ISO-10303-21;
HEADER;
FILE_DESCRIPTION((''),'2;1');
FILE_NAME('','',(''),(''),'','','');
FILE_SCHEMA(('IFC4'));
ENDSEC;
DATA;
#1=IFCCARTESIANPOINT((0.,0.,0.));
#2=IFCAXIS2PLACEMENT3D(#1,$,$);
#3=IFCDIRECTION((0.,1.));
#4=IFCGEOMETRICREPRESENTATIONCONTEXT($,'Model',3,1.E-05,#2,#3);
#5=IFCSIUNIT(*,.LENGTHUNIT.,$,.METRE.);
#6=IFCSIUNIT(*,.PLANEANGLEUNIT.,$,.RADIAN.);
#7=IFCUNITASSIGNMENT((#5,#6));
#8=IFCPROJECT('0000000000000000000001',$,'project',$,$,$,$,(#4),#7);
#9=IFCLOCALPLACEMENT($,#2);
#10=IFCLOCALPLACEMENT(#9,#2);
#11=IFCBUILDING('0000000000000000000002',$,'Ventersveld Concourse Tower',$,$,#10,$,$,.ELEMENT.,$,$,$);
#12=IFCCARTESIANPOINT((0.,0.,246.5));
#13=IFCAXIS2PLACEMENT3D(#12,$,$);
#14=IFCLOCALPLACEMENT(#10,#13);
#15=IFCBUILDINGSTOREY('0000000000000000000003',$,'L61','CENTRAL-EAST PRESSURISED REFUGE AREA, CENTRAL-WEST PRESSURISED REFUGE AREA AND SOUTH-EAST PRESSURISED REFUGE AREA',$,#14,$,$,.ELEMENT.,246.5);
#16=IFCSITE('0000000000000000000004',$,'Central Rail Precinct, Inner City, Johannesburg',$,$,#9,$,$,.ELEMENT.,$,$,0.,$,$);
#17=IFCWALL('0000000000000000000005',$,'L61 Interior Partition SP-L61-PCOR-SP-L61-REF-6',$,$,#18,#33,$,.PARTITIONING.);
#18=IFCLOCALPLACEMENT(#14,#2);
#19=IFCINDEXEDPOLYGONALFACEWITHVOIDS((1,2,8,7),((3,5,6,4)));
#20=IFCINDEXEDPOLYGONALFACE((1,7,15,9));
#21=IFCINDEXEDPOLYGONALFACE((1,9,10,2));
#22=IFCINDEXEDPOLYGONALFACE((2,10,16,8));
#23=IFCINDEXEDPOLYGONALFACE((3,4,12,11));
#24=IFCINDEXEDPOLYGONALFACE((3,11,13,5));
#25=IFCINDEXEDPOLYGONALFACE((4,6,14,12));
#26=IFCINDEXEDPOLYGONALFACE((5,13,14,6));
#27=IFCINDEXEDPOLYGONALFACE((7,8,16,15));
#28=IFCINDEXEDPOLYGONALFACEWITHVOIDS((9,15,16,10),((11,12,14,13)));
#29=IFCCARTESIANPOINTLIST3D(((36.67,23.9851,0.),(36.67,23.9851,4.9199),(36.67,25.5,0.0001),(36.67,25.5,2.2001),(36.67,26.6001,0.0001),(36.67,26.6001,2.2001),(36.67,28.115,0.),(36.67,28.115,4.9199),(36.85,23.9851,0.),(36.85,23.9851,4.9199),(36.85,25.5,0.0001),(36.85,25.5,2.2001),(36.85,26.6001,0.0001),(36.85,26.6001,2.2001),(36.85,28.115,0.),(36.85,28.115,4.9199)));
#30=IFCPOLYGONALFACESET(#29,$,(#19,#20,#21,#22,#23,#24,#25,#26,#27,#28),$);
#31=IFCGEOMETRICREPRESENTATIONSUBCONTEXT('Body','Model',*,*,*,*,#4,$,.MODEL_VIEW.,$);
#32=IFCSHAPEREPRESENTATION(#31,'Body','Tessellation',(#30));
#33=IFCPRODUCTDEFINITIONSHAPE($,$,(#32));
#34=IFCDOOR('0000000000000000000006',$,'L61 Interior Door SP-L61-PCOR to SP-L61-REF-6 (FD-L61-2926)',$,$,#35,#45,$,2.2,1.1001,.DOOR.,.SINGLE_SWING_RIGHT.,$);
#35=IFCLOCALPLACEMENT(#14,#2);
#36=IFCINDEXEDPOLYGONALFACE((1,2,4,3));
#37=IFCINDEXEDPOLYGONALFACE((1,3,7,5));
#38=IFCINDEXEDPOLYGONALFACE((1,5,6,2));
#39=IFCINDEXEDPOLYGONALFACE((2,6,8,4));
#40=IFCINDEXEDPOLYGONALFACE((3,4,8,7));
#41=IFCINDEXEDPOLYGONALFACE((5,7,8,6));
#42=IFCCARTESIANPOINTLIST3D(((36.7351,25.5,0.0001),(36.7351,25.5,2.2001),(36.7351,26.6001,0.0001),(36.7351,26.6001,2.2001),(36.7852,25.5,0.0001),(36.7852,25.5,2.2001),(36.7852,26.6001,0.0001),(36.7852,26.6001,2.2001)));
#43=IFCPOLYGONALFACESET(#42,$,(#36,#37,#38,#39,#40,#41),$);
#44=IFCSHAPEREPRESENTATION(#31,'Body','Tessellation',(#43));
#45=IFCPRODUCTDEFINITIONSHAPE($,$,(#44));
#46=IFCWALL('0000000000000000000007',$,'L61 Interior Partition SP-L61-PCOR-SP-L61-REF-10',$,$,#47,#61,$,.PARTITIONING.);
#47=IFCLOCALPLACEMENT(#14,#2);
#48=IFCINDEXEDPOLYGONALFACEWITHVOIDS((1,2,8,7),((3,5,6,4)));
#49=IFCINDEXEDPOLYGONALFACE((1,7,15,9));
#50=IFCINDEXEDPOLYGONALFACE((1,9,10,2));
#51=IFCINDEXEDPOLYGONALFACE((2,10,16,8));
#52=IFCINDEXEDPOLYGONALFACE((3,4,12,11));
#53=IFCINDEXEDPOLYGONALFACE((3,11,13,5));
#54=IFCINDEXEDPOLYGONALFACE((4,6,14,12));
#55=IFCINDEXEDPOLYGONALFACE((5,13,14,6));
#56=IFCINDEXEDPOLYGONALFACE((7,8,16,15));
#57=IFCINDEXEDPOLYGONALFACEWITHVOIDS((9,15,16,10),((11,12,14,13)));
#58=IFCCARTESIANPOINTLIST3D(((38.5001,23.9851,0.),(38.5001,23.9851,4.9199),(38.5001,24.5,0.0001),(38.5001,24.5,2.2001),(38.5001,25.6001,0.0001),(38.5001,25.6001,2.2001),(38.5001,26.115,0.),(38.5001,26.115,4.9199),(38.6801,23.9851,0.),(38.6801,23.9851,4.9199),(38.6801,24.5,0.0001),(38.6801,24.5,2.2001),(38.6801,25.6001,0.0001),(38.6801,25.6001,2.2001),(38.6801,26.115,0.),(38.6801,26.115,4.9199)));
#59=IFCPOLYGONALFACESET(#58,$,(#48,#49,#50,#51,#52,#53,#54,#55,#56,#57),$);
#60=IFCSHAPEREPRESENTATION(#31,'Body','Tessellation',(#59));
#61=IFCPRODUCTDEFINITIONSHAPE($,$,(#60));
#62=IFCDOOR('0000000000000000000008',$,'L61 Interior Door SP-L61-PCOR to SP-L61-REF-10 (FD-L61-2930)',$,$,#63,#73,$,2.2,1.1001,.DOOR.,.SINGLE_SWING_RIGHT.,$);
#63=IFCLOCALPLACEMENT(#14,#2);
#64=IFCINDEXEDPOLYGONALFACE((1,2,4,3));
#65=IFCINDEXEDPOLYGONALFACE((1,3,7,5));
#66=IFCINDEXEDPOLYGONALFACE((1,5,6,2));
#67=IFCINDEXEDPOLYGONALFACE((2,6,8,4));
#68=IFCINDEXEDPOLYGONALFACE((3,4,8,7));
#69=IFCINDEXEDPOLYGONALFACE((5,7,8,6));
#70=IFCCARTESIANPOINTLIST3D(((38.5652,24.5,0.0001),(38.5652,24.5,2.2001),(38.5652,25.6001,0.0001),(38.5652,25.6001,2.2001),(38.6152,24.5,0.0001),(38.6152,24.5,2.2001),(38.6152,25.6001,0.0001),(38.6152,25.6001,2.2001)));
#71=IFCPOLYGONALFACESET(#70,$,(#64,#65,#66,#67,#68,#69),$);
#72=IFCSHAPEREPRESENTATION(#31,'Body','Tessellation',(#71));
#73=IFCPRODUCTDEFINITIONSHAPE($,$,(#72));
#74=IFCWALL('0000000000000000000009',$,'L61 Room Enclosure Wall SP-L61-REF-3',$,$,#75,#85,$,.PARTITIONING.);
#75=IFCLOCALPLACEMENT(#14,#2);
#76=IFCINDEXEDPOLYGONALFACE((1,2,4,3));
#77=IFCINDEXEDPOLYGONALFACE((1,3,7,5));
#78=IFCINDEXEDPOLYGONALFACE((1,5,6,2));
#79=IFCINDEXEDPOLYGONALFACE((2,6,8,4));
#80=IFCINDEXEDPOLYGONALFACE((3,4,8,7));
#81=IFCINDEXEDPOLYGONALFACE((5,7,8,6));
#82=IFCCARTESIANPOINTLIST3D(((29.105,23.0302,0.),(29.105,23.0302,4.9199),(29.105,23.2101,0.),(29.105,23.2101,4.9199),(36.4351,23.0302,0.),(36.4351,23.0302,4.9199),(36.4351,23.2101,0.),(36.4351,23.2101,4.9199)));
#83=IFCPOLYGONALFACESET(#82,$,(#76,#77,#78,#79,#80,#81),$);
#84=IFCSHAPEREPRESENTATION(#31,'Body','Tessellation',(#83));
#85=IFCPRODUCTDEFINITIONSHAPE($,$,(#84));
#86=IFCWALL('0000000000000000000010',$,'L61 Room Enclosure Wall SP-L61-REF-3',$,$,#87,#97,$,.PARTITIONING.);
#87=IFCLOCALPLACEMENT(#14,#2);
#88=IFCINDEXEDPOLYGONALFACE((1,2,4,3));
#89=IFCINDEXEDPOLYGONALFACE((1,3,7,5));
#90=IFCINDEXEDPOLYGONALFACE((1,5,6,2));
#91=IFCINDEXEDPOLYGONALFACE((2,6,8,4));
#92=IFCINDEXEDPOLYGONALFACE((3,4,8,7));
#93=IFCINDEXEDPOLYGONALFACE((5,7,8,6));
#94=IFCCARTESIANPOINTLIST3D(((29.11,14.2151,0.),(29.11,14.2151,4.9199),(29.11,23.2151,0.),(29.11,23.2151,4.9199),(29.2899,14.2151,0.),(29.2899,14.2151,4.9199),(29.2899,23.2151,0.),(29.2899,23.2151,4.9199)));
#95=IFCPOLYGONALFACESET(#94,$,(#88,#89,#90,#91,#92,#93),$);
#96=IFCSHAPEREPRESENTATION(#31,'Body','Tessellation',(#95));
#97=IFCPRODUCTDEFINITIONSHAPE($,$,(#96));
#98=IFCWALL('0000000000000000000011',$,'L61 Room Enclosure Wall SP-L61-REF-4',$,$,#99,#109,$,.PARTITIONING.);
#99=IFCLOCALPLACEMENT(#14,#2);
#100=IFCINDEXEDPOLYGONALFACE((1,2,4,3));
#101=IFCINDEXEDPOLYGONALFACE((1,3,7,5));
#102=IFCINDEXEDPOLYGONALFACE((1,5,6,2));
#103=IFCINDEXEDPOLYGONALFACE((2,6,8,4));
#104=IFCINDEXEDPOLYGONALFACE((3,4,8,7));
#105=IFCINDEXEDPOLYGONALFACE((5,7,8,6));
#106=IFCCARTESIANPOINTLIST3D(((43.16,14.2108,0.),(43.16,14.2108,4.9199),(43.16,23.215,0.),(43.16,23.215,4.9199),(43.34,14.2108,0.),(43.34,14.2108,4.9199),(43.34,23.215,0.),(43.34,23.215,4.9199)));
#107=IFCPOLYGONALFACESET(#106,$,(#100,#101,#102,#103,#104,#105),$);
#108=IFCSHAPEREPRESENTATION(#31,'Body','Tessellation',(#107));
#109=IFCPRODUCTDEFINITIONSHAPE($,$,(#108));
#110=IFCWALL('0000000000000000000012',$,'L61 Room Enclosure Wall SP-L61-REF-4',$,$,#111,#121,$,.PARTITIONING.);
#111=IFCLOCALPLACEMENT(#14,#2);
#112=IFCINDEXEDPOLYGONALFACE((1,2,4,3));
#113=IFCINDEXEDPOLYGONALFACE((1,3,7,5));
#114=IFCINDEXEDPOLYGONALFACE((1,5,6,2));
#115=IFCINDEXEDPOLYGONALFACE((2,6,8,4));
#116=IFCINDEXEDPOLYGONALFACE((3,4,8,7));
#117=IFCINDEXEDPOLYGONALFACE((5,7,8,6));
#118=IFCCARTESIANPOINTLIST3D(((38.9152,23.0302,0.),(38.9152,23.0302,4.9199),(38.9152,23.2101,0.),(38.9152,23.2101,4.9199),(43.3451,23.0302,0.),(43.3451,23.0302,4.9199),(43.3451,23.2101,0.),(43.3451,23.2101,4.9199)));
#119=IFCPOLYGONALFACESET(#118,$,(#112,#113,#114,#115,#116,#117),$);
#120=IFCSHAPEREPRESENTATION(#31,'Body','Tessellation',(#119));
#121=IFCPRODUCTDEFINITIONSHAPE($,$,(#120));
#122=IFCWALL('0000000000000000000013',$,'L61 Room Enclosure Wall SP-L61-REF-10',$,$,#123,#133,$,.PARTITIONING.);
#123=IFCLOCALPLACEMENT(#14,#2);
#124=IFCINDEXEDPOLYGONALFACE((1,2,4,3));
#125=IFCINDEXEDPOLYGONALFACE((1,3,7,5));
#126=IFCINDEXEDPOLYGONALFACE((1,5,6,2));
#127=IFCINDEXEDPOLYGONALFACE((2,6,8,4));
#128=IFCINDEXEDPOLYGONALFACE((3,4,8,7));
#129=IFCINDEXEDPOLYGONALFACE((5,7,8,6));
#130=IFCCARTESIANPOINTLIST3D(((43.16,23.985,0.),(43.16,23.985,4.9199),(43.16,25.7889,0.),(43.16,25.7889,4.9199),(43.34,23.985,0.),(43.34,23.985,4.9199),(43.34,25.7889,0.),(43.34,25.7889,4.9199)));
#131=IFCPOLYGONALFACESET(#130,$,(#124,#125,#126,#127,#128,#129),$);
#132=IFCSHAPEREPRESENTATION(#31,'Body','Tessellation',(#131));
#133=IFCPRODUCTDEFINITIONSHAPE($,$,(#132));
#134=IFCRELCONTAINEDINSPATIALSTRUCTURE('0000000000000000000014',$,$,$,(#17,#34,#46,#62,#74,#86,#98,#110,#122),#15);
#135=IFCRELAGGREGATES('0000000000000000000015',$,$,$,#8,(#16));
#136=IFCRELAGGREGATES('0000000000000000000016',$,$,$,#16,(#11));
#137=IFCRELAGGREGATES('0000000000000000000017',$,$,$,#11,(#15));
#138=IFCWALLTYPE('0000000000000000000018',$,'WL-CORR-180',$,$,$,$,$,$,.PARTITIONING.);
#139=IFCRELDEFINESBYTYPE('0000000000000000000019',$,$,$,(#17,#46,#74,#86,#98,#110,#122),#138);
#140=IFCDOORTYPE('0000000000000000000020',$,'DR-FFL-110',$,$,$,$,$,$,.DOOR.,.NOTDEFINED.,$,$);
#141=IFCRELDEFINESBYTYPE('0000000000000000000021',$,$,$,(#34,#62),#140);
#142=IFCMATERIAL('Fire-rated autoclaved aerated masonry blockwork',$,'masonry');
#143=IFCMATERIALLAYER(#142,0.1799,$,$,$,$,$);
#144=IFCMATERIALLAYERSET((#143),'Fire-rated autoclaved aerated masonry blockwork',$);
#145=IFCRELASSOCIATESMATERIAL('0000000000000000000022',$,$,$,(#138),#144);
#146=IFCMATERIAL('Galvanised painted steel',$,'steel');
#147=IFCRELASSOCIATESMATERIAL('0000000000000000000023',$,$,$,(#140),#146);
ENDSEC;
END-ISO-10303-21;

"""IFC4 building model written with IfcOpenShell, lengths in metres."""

from ifc_helpers import new_model, si_unit, direction, frame, frame_2d, origin, place, context, subcontext, project, spatial, rectangle, extrude, material, layer, layer_set, type_object, element, fill, save


model = new_model("IFC4")

# Units and contexts
model_context = context("Model", 3, precision=1e-05, world=origin(), true_north=direction((0.0, 1.0)))
body_context = subcontext(model_context, "Body", "Model", "MODEL_VIEW")
ifc_project = project(units=[si_unit("LENGTHUNIT", "METRE"), si_unit("PLANEANGLEUNIT", "RADIAN")], contexts=[model_context])

# Site, building, storey
site_placement = place(None, origin())
site = spatial("IfcSite", under=ifc_project, at=site_placement, Name="Central Rail Precinct, Inner City, Johannesburg", CompositionType="ELEMENT", RefElevation=0.0)
building_placement = place(site_placement, origin())
building = spatial("IfcBuilding", under=site, at=building_placement, Name="Ventersveld Concourse Tower", CompositionType="ELEMENT")
storey_placement = place(building_placement, frame((0.0, 0.0, 246.5)))
storey = spatial("IfcBuildingStorey", under=building, at=storey_placement, Name="L61", Description="CENTRAL-EAST PRESSURISED REFUGE AREA, CENTRAL-WEST PRESSURISED REFUGE AREA AND SOUTH-EAST PRESSURISED REFUGE AREA", CompositionType="ELEMENT", Elevation=246.5)

# Shared definitions
ifc_material_1 = material(Name="Fire-rated autoclaved aerated masonry blockwork", Category="masonry")
ifc_layer = layer(ifc_material_1, 0.1799)
ifc_layer_set = layer_set([ifc_layer], Name="Fire-rated autoclaved aerated masonry blockwork")
wall_type = type_object("IfcWallType", Name="WL-CORR-180", PredefinedType="PARTITIONING", material=ifc_layer_set)
ifc_material_2 = material(Name="Galvanised painted steel", Category="steel")
door_type = type_object("IfcDoorType", Name="DR-FFL-110", OperationType="NOTDEFINED", PredefinedType="DOOR", material=ifc_material_2)

# Walls, openings, doors
wall_1_placement = place(storey_placement, frame((36.76, 23.9851, 0.0), z_axis=(0.0, 0.0, 1.0), x_axis=(0.0, 1.0, 0.0)))
wall_1 = element("IfcWall", 1, at=wall_1_placement, inside=storey, type_object=wall_type, Name="L61 Interior Partition SP-L61-PCOR-SP-L61-REF-6", PredefinedType="PARTITIONING", context=body_context, shape_type="SweptSolid", body=[
    extrude(rectangle(XDim=4.1299, YDim=0.1799, at=frame_2d((2.0649, 0.0))), origin(), (0.0, 0.0, 1.0), 4.9199),
])
opening_1_placement = place(wall_1_placement, frame((1.5149, 0.0, 0.0)))
opening_1 = element("IfcOpeningElement", 2, at=opening_1_placement, cuts=wall_1, PredefinedType="OPENING", context=body_context, shape_type="SweptSolid", body=[
    extrude(rectangle(XDim=1.1001, YDim=2.2, at=frame_2d((0.55, 1.1001))), frame((0.0, 0.1001, 0.0), z_axis=(0.0, -1.0, 0.0), x_axis=(1.0, 0.0, 0.0)), (0.0, 0.0, 1.0), 0.2),
])
door_1_placement = place(opening_1_placement, origin())
door_1 = element("IfcDoor", 3, at=door_1_placement, inside=storey, type_object=door_type, Name="L61 Interior Door SP-L61-PCOR to SP-L61-REF-6 (FD-L61-2926)", OperationType="SINGLE_SWING_RIGHT", OverallHeight=2.2, OverallWidth=1.1001, PredefinedType="DOOR", context=body_context, shape_type="SweptSolid", body=[
    extrude(rectangle(XDim=1.1001, YDim=2.2, at=frame_2d((0.55, 1.1001))), frame((0.0, 0.0249, 0.0), z_axis=(0.0, -1.0, 0.0), x_axis=(1.0, 0.0, 0.0)), (0.0, 0.0, 1.0), 0.05),
])
fill(opening_1, door_1)
wall_2_placement = place(storey_placement, frame((38.5901, 23.9851, 0.0), z_axis=(0.0, 0.0, 1.0), x_axis=(0.0, 1.0, 0.0)))
wall_2 = element("IfcWall", 4, at=wall_2_placement, inside=storey, type_object=wall_type, Name="L61 Interior Partition SP-L61-PCOR-SP-L61-REF-10", PredefinedType="PARTITIONING", context=body_context, shape_type="SweptSolid", body=[
    extrude(rectangle(XDim=2.1299, YDim=0.1799, at=frame_2d((1.0649, 0.0))), origin(), (0.0, 0.0, 1.0), 4.9199),
])
opening_2_placement = place(wall_2_placement, frame((0.5149, 0.0, 0.0)))
opening_2 = element("IfcOpeningElement", 5, at=opening_2_placement, cuts=wall_2, PredefinedType="OPENING", context=body_context, shape_type="SweptSolid", body=[
    extrude(rectangle(XDim=1.1001, YDim=2.2, at=frame_2d((0.55, 1.1001))), frame((0.0, 0.1001, 0.0), z_axis=(0.0, -1.0, 0.0), x_axis=(1.0, 0.0, 0.0)), (0.0, 0.0, 1.0), 0.2),
])
door_2_placement = place(opening_2_placement, origin())
door_2 = element("IfcDoor", 6, at=door_2_placement, inside=storey, type_object=door_type, Name="L61 Interior Door SP-L61-PCOR to SP-L61-REF-10 (FD-L61-2930)", OperationType="SINGLE_SWING_RIGHT", OverallHeight=2.2, OverallWidth=1.1001, PredefinedType="DOOR", context=body_context, shape_type="SweptSolid", body=[
    extrude(rectangle(XDim=1.1001, YDim=2.2, at=frame_2d((0.55, 1.1001))), frame((0.0, 0.0249, 0.0), z_axis=(0.0, -1.0, 0.0), x_axis=(1.0, 0.0, 0.0)), (0.0, 0.0, 1.0), 0.05),
])
fill(opening_2, door_2)

# Walls
wall_3_placement = place(storey_placement, frame((36.4351, 23.1201, 0.0), z_axis=(0.0, 0.0, 1.0), x_axis=(-1.0, 0.0, 0.0)))
element("IfcWall", 7, at=wall_3_placement, inside=storey, type_object=wall_type, Name="L61 Room Enclosure Wall SP-L61-REF-3", PredefinedType="PARTITIONING", context=body_context, shape_type="SweptSolid", body=[
    extrude(rectangle(XDim=7.3301, YDim=0.1799, at=frame_2d((3.665, 0.0))), origin(), (0.0, 0.0, 1.0), 4.9199),
])
wall_4_placement = place(storey_placement, frame((29.2, 23.2151, 0.0), z_axis=(0.0, 0.0, 1.0), x_axis=(0.0, -1.0, 0.0)))
element("IfcWall", 8, at=wall_4_placement, inside=storey, type_object=wall_type, Name="L61 Room Enclosure Wall SP-L61-REF-3", PredefinedType="PARTITIONING", context=body_context, shape_type="SweptSolid", body=[
    extrude(rectangle(XDim=9.0, YDim=0.1799, at=frame_2d((4.5, 0.0))), origin(), (0.0, 0.0, 1.0), 4.9199),
])
wall_5_placement = place(storey_placement, frame((43.25, 14.2109, 0.0), z_axis=(0.0, 0.0, 1.0), x_axis=(0.0, 1.0, 0.0)))
element("IfcWall", 9, at=wall_5_placement, inside=storey, type_object=wall_type, Name="L61 Room Enclosure Wall SP-L61-REF-4", PredefinedType="PARTITIONING", context=body_context, shape_type="SweptSolid", body=[
    extrude(rectangle(XDim=9.0042, YDim=0.1799, at=frame_2d((4.502, 0.0))), origin(), (0.0, 0.0, 1.0), 4.9199),
])
wall_6_placement = place(storey_placement, frame((43.345, 23.1201, 0.0), z_axis=(0.0, 0.0, 1.0), x_axis=(-1.0, 0.0, 0.0)))
element("IfcWall", 10, at=wall_6_placement, inside=storey, type_object=wall_type, Name="L61 Room Enclosure Wall SP-L61-REF-4", PredefinedType="PARTITIONING", context=body_context, shape_type="SweptSolid", body=[
    extrude(rectangle(XDim=4.4299, YDim=0.1799, at=frame_2d((2.2148, 0.0))), origin(), (0.0, 0.0, 1.0), 4.9199),
])
wall_7_placement = place(storey_placement, frame((43.25, 23.9851, 0.0), z_axis=(0.0, 0.0, 1.0), x_axis=(0.0, 1.0, 0.0)))
element("IfcWall", 11, at=wall_7_placement, inside=storey, type_object=wall_type, Name="L61 Room Enclosure Wall SP-L61-REF-10", PredefinedType="PARTITIONING", context=body_context, shape_type="SweptSolid", body=[
    extrude(rectangle(XDim=1.804, YDim=0.1799, at=frame_2d((0.9019, 0.0))), origin(), (0.0, 0.0, 1.0), 4.9199),
])

save(model, "model.ifc")
